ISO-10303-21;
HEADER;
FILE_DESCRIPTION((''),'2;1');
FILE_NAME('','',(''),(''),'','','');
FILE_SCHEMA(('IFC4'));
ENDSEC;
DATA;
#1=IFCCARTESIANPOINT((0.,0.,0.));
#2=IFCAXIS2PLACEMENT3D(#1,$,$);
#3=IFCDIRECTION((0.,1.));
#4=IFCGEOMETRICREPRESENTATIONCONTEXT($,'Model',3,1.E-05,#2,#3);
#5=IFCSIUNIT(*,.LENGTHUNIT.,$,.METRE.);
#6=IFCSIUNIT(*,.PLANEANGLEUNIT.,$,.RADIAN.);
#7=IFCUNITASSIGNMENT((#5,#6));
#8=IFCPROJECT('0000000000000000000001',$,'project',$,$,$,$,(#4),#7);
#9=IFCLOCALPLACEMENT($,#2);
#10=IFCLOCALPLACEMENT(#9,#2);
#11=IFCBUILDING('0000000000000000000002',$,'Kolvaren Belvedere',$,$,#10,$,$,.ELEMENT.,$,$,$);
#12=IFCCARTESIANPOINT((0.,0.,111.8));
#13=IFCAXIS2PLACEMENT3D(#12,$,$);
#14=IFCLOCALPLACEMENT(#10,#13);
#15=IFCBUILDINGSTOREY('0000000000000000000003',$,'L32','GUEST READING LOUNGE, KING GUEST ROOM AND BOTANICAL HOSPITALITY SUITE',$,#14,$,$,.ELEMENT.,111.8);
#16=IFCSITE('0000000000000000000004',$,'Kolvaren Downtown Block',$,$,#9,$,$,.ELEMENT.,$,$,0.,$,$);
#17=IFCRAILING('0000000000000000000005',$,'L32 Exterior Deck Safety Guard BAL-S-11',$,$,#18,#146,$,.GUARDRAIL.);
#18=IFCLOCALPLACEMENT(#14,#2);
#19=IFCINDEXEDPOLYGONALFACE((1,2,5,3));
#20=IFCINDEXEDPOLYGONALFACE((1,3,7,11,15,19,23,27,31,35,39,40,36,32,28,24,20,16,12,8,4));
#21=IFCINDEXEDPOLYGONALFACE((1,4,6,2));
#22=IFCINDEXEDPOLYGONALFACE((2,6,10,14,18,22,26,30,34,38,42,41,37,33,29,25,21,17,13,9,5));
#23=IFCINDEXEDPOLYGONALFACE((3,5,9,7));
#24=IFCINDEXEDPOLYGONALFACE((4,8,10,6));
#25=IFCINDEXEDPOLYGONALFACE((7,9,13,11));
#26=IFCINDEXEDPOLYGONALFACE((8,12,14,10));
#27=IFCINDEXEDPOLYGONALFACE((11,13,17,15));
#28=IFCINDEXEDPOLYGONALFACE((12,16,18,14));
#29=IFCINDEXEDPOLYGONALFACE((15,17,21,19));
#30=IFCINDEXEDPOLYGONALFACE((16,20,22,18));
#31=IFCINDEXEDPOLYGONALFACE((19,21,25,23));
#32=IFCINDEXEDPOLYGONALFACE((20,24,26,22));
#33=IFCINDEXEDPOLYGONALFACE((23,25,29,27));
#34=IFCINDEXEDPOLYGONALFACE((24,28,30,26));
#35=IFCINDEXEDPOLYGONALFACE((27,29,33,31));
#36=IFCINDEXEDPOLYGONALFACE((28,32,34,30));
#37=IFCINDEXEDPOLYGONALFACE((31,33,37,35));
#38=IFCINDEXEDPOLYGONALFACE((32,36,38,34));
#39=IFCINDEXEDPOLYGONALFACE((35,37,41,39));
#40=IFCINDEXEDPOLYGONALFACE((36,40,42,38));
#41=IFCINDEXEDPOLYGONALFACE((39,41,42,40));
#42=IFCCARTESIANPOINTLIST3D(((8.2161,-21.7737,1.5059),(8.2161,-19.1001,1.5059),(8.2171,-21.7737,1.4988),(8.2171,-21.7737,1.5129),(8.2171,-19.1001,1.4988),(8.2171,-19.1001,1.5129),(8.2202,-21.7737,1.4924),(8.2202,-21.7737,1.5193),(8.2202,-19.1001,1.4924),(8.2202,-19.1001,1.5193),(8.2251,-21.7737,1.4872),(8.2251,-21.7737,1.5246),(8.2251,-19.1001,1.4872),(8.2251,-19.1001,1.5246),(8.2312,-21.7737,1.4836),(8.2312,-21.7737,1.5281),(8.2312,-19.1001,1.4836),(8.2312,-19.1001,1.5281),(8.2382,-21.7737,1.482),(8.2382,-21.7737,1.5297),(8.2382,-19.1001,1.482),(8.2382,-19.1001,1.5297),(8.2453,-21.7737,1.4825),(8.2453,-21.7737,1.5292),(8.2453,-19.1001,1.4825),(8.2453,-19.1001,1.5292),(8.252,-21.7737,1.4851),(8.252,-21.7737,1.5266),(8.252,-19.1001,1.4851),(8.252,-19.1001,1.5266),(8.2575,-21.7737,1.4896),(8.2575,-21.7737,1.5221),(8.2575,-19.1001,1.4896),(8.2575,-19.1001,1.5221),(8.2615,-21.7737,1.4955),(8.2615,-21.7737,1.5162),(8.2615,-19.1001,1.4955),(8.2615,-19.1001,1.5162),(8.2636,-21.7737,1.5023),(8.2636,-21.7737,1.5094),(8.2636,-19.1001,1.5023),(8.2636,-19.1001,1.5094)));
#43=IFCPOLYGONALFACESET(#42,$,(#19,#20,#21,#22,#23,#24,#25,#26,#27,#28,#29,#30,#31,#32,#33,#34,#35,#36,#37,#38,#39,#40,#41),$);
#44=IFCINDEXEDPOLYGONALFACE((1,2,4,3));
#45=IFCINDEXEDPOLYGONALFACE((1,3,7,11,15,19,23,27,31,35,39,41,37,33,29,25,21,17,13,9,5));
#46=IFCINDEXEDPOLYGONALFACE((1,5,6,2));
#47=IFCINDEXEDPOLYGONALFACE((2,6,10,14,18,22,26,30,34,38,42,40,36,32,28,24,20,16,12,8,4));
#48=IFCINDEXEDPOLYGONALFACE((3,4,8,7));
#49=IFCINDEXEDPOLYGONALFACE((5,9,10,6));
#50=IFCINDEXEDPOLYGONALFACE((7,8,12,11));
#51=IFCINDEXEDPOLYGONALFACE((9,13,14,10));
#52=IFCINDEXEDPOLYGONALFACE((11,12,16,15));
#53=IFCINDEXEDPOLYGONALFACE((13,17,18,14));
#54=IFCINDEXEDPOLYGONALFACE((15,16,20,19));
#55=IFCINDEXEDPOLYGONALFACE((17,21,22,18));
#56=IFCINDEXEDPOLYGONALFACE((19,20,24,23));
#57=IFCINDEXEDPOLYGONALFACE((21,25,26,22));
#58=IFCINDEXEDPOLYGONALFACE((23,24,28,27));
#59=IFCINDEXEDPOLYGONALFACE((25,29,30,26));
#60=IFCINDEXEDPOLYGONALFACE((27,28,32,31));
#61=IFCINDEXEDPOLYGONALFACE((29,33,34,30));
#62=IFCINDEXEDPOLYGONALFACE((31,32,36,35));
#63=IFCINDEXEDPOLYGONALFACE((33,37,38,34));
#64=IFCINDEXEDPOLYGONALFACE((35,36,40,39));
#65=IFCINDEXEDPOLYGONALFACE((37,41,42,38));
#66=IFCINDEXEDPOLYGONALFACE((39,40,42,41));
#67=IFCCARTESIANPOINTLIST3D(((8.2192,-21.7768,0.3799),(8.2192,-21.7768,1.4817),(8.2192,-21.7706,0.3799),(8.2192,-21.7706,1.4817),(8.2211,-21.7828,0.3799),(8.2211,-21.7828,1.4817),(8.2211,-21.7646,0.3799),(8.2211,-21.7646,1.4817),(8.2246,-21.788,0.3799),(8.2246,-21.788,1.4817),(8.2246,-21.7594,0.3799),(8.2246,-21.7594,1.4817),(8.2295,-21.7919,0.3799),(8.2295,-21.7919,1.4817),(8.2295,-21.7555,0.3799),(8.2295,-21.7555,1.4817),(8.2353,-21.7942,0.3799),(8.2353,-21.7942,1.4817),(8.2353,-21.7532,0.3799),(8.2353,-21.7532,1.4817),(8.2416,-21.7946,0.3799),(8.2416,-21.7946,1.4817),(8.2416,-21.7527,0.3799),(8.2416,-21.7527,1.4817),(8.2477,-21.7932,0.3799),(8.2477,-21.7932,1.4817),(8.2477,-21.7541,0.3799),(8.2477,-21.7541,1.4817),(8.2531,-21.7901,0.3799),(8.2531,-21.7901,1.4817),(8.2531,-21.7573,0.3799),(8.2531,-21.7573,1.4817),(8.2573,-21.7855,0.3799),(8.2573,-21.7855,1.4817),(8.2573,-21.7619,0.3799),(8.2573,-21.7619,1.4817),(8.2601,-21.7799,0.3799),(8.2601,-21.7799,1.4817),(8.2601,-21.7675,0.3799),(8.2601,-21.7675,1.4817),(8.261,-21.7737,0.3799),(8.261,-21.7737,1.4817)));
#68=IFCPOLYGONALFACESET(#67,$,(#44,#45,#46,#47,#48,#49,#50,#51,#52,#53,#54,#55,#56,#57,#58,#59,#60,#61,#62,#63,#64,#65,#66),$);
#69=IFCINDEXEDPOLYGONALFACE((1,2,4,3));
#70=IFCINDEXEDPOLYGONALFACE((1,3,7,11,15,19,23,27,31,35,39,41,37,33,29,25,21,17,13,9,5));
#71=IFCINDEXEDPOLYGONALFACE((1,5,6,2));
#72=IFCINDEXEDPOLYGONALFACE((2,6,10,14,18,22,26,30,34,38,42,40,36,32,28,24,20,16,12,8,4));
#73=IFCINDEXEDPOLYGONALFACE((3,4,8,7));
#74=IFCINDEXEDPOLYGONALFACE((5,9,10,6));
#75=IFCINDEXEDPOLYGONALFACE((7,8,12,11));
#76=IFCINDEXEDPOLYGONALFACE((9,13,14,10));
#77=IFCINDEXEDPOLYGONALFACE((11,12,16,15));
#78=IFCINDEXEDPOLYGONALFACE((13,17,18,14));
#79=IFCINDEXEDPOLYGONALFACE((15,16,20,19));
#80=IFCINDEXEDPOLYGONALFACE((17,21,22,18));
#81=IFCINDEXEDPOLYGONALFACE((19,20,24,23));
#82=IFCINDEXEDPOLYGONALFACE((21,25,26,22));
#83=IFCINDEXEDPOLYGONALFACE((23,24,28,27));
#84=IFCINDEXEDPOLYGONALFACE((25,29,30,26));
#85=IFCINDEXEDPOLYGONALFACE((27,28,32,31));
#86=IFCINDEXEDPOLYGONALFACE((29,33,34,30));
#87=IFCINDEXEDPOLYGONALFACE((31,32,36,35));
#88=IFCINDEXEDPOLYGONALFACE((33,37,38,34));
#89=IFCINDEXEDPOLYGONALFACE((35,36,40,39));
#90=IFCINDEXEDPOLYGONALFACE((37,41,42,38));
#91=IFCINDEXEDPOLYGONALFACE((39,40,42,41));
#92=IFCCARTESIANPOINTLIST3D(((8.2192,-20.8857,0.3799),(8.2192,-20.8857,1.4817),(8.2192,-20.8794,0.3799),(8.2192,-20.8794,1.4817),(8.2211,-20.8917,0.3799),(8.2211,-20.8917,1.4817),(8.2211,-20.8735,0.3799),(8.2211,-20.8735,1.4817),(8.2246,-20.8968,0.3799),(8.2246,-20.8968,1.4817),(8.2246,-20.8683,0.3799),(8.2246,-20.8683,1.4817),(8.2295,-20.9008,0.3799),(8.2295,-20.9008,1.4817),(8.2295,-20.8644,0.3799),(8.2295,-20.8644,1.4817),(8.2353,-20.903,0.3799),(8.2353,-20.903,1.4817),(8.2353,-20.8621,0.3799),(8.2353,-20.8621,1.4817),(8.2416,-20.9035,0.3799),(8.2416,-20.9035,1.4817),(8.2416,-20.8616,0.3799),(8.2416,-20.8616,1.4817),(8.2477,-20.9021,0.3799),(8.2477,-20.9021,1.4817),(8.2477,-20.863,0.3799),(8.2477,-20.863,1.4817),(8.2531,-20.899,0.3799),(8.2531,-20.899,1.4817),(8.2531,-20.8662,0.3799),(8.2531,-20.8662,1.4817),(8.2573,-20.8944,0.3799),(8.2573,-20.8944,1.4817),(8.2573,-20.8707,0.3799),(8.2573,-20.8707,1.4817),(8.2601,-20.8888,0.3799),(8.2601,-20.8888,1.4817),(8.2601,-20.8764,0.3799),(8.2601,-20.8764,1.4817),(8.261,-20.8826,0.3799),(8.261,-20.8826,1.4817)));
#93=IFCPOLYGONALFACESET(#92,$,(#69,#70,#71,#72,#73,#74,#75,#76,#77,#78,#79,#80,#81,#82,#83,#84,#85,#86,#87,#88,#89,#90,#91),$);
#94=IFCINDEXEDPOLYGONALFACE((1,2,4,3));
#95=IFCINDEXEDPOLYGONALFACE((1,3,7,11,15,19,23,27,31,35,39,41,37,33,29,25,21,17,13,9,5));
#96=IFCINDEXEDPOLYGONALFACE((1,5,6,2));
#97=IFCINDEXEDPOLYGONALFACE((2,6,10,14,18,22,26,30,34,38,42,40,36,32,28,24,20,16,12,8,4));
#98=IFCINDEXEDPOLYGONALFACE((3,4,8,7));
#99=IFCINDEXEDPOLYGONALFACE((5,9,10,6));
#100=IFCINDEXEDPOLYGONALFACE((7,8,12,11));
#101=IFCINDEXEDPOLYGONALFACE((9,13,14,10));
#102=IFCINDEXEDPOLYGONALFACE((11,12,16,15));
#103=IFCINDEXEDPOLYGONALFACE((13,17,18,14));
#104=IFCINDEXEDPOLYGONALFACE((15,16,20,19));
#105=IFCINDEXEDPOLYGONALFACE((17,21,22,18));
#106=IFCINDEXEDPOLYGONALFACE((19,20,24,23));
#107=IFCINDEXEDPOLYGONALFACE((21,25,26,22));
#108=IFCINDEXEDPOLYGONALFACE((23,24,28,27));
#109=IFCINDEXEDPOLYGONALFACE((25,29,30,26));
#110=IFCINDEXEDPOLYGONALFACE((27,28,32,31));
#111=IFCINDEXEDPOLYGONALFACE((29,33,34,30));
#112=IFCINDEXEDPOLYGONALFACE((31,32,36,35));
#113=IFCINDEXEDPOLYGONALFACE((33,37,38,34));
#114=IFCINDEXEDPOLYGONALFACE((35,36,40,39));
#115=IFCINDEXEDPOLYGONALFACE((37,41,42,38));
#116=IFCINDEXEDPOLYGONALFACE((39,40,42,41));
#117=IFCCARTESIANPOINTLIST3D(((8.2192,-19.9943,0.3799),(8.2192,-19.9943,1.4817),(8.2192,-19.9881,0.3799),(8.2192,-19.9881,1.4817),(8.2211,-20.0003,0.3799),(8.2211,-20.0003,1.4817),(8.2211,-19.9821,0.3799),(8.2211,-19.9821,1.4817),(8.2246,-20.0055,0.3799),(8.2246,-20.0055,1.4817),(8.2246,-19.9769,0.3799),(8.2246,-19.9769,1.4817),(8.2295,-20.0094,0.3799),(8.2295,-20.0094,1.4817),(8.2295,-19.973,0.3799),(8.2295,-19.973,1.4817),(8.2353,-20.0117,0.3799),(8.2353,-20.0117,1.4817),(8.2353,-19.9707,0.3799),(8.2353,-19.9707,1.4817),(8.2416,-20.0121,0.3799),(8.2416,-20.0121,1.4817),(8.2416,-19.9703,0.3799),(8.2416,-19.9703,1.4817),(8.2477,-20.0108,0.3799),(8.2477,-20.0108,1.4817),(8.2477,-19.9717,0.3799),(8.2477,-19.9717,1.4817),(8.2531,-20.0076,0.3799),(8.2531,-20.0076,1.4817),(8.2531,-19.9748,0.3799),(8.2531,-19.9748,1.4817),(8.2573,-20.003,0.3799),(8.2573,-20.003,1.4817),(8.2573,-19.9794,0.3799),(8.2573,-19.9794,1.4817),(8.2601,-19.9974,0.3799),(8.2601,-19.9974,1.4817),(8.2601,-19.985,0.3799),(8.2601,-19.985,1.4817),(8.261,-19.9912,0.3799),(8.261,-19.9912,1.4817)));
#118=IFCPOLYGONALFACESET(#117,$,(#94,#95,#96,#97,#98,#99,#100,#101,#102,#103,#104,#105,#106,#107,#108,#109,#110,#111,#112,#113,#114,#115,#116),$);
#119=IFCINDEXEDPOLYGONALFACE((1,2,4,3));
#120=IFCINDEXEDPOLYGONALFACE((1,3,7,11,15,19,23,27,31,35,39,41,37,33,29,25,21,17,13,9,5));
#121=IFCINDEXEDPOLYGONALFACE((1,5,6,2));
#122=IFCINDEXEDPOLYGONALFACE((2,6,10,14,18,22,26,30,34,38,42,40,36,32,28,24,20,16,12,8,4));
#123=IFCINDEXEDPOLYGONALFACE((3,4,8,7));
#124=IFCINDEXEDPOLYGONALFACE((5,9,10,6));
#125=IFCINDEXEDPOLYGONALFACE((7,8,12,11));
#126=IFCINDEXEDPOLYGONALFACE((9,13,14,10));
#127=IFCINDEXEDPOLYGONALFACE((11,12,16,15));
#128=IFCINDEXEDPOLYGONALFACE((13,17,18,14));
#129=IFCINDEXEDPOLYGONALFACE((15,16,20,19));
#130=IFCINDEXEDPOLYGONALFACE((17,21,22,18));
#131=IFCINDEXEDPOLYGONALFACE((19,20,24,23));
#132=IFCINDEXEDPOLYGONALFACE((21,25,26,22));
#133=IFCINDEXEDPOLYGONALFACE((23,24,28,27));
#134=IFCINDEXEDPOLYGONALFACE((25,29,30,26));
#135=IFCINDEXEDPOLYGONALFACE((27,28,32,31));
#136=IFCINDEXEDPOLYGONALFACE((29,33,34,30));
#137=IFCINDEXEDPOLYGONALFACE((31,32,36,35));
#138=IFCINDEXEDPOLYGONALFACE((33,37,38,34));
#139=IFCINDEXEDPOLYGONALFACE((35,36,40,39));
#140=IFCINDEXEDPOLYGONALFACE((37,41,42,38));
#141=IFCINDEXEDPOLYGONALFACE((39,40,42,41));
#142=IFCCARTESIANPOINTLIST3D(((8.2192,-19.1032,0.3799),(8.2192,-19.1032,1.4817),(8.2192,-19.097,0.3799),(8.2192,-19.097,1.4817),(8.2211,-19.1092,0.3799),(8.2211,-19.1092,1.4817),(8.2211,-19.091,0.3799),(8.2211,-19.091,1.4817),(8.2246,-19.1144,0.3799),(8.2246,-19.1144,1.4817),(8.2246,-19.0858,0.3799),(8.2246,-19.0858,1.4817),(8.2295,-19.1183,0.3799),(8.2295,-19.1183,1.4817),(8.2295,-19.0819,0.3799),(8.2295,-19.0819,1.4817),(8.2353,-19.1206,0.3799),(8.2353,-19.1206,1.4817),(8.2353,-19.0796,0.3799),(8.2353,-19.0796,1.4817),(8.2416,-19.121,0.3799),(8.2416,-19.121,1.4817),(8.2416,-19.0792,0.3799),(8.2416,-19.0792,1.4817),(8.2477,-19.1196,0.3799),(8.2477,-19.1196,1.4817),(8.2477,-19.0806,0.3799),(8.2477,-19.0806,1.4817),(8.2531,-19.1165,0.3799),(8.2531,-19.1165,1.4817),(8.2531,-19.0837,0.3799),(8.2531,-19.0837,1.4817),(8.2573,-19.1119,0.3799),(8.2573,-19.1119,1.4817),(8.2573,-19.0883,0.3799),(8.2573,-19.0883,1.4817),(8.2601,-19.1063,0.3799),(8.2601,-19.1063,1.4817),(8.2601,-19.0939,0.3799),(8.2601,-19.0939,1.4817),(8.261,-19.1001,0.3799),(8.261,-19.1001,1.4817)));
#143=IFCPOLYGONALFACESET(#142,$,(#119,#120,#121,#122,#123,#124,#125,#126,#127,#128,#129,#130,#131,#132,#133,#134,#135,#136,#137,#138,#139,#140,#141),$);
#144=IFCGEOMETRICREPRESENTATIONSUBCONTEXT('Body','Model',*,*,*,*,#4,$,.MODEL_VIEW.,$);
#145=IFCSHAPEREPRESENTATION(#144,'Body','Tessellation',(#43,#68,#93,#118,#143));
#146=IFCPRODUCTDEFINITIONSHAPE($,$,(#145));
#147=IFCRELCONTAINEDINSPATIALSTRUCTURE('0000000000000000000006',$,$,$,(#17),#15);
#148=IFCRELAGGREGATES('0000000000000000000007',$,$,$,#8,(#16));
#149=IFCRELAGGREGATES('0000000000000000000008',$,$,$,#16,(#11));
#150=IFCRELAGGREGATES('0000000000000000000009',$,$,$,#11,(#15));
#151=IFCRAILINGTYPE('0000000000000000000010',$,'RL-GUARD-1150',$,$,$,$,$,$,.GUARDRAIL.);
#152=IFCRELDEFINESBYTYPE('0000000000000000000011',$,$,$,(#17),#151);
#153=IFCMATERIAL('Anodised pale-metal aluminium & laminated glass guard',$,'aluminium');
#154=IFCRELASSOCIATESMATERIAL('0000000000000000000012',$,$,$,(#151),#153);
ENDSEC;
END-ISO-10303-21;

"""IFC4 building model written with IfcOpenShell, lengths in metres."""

from ifc_helpers import new_model, si_unit, direction, frame, origin, origin_2d, place, context, subcontext, project, spatial, circle, extrude, material, type_object, element, save


model = new_model("IFC4")

# Units and contexts
model_context = context("Model", 3, precision=1e-05, world=origin(), true_north=direction((0.0, 1.0)))
body_context = subcontext(model_context, "Body", "Model", "MODEL_VIEW")
ifc_project = project(units=[si_unit("LENGTHUNIT", "METRE"), si_unit("PLANEANGLEUNIT", "RADIAN")], contexts=[model_context])

# Site, building, storey
site_placement = place(None, origin())
site = spatial("IfcSite", under=ifc_project, at=site_placement, Name="Kolvaren Downtown Block", CompositionType="ELEMENT", RefElevation=0.0)
building_placement = place(site_placement, origin())
building = spatial("IfcBuilding", under=site, at=building_placement, Name="Kolvaren Belvedere", CompositionType="ELEMENT")
storey_placement = place(building_placement, frame((0.0, 0.0, 111.8)))
storey = spatial("IfcBuildingStorey", under=building, at=storey_placement, Name="L32", Description="GUEST READING LOUNGE, KING GUEST ROOM AND BOTANICAL HOSPITALITY SUITE", CompositionType="ELEMENT", Elevation=111.8)

# Railing
ifc_material_1 = material(Name="Anodised pale-metal aluminium & laminated glass guard", Category="aluminium")
railing_type = type_object("IfcRailingType", Name="RL-GUARD-1150", PredefinedType="GUARDRAIL", material=ifc_material_1)
railing_1_placement = place(storey_placement, frame((8.24, -21.7737, 0.3799)))
element("IfcRailing", 1, at=railing_1_placement, inside=storey, type_object=railing_type, Name="L32 Exterior Deck Safety Guard BAL-S-11", PredefinedType="GUARDRAIL", context=body_context, shape_type="SweptSolid", body=[
    extrude(circle(Radius=0.0239, at=origin_2d()), frame((0.0, 0.0, 1.126), z_axis=(0.0, 1.0, 0.0), x_axis=(-1.0, 0.0, 0.0)), (0.0, 0.0, 1.0), 2.6736),
    extrude(circle(Radius=0.021, at=origin_2d()), origin(), (0.0, 0.0, 1.0), 1.1018),
    extrude(circle(Radius=0.021, at=origin_2d()), frame((0.0, 0.8911, 0.0)), (0.0, 0.0, 1.0), 1.1018),
    extrude(circle(Radius=0.021, at=origin_2d()), frame((0.0, 1.7825, 0.0)), (0.0, 0.0, 1.0), 1.1018),
    extrude(circle(Radius=0.021, at=origin_2d()), frame((0.0, 2.6736, 0.0)), (0.0, 0.0, 1.0), 1.1018),
])

save(model, "model.ifc")
